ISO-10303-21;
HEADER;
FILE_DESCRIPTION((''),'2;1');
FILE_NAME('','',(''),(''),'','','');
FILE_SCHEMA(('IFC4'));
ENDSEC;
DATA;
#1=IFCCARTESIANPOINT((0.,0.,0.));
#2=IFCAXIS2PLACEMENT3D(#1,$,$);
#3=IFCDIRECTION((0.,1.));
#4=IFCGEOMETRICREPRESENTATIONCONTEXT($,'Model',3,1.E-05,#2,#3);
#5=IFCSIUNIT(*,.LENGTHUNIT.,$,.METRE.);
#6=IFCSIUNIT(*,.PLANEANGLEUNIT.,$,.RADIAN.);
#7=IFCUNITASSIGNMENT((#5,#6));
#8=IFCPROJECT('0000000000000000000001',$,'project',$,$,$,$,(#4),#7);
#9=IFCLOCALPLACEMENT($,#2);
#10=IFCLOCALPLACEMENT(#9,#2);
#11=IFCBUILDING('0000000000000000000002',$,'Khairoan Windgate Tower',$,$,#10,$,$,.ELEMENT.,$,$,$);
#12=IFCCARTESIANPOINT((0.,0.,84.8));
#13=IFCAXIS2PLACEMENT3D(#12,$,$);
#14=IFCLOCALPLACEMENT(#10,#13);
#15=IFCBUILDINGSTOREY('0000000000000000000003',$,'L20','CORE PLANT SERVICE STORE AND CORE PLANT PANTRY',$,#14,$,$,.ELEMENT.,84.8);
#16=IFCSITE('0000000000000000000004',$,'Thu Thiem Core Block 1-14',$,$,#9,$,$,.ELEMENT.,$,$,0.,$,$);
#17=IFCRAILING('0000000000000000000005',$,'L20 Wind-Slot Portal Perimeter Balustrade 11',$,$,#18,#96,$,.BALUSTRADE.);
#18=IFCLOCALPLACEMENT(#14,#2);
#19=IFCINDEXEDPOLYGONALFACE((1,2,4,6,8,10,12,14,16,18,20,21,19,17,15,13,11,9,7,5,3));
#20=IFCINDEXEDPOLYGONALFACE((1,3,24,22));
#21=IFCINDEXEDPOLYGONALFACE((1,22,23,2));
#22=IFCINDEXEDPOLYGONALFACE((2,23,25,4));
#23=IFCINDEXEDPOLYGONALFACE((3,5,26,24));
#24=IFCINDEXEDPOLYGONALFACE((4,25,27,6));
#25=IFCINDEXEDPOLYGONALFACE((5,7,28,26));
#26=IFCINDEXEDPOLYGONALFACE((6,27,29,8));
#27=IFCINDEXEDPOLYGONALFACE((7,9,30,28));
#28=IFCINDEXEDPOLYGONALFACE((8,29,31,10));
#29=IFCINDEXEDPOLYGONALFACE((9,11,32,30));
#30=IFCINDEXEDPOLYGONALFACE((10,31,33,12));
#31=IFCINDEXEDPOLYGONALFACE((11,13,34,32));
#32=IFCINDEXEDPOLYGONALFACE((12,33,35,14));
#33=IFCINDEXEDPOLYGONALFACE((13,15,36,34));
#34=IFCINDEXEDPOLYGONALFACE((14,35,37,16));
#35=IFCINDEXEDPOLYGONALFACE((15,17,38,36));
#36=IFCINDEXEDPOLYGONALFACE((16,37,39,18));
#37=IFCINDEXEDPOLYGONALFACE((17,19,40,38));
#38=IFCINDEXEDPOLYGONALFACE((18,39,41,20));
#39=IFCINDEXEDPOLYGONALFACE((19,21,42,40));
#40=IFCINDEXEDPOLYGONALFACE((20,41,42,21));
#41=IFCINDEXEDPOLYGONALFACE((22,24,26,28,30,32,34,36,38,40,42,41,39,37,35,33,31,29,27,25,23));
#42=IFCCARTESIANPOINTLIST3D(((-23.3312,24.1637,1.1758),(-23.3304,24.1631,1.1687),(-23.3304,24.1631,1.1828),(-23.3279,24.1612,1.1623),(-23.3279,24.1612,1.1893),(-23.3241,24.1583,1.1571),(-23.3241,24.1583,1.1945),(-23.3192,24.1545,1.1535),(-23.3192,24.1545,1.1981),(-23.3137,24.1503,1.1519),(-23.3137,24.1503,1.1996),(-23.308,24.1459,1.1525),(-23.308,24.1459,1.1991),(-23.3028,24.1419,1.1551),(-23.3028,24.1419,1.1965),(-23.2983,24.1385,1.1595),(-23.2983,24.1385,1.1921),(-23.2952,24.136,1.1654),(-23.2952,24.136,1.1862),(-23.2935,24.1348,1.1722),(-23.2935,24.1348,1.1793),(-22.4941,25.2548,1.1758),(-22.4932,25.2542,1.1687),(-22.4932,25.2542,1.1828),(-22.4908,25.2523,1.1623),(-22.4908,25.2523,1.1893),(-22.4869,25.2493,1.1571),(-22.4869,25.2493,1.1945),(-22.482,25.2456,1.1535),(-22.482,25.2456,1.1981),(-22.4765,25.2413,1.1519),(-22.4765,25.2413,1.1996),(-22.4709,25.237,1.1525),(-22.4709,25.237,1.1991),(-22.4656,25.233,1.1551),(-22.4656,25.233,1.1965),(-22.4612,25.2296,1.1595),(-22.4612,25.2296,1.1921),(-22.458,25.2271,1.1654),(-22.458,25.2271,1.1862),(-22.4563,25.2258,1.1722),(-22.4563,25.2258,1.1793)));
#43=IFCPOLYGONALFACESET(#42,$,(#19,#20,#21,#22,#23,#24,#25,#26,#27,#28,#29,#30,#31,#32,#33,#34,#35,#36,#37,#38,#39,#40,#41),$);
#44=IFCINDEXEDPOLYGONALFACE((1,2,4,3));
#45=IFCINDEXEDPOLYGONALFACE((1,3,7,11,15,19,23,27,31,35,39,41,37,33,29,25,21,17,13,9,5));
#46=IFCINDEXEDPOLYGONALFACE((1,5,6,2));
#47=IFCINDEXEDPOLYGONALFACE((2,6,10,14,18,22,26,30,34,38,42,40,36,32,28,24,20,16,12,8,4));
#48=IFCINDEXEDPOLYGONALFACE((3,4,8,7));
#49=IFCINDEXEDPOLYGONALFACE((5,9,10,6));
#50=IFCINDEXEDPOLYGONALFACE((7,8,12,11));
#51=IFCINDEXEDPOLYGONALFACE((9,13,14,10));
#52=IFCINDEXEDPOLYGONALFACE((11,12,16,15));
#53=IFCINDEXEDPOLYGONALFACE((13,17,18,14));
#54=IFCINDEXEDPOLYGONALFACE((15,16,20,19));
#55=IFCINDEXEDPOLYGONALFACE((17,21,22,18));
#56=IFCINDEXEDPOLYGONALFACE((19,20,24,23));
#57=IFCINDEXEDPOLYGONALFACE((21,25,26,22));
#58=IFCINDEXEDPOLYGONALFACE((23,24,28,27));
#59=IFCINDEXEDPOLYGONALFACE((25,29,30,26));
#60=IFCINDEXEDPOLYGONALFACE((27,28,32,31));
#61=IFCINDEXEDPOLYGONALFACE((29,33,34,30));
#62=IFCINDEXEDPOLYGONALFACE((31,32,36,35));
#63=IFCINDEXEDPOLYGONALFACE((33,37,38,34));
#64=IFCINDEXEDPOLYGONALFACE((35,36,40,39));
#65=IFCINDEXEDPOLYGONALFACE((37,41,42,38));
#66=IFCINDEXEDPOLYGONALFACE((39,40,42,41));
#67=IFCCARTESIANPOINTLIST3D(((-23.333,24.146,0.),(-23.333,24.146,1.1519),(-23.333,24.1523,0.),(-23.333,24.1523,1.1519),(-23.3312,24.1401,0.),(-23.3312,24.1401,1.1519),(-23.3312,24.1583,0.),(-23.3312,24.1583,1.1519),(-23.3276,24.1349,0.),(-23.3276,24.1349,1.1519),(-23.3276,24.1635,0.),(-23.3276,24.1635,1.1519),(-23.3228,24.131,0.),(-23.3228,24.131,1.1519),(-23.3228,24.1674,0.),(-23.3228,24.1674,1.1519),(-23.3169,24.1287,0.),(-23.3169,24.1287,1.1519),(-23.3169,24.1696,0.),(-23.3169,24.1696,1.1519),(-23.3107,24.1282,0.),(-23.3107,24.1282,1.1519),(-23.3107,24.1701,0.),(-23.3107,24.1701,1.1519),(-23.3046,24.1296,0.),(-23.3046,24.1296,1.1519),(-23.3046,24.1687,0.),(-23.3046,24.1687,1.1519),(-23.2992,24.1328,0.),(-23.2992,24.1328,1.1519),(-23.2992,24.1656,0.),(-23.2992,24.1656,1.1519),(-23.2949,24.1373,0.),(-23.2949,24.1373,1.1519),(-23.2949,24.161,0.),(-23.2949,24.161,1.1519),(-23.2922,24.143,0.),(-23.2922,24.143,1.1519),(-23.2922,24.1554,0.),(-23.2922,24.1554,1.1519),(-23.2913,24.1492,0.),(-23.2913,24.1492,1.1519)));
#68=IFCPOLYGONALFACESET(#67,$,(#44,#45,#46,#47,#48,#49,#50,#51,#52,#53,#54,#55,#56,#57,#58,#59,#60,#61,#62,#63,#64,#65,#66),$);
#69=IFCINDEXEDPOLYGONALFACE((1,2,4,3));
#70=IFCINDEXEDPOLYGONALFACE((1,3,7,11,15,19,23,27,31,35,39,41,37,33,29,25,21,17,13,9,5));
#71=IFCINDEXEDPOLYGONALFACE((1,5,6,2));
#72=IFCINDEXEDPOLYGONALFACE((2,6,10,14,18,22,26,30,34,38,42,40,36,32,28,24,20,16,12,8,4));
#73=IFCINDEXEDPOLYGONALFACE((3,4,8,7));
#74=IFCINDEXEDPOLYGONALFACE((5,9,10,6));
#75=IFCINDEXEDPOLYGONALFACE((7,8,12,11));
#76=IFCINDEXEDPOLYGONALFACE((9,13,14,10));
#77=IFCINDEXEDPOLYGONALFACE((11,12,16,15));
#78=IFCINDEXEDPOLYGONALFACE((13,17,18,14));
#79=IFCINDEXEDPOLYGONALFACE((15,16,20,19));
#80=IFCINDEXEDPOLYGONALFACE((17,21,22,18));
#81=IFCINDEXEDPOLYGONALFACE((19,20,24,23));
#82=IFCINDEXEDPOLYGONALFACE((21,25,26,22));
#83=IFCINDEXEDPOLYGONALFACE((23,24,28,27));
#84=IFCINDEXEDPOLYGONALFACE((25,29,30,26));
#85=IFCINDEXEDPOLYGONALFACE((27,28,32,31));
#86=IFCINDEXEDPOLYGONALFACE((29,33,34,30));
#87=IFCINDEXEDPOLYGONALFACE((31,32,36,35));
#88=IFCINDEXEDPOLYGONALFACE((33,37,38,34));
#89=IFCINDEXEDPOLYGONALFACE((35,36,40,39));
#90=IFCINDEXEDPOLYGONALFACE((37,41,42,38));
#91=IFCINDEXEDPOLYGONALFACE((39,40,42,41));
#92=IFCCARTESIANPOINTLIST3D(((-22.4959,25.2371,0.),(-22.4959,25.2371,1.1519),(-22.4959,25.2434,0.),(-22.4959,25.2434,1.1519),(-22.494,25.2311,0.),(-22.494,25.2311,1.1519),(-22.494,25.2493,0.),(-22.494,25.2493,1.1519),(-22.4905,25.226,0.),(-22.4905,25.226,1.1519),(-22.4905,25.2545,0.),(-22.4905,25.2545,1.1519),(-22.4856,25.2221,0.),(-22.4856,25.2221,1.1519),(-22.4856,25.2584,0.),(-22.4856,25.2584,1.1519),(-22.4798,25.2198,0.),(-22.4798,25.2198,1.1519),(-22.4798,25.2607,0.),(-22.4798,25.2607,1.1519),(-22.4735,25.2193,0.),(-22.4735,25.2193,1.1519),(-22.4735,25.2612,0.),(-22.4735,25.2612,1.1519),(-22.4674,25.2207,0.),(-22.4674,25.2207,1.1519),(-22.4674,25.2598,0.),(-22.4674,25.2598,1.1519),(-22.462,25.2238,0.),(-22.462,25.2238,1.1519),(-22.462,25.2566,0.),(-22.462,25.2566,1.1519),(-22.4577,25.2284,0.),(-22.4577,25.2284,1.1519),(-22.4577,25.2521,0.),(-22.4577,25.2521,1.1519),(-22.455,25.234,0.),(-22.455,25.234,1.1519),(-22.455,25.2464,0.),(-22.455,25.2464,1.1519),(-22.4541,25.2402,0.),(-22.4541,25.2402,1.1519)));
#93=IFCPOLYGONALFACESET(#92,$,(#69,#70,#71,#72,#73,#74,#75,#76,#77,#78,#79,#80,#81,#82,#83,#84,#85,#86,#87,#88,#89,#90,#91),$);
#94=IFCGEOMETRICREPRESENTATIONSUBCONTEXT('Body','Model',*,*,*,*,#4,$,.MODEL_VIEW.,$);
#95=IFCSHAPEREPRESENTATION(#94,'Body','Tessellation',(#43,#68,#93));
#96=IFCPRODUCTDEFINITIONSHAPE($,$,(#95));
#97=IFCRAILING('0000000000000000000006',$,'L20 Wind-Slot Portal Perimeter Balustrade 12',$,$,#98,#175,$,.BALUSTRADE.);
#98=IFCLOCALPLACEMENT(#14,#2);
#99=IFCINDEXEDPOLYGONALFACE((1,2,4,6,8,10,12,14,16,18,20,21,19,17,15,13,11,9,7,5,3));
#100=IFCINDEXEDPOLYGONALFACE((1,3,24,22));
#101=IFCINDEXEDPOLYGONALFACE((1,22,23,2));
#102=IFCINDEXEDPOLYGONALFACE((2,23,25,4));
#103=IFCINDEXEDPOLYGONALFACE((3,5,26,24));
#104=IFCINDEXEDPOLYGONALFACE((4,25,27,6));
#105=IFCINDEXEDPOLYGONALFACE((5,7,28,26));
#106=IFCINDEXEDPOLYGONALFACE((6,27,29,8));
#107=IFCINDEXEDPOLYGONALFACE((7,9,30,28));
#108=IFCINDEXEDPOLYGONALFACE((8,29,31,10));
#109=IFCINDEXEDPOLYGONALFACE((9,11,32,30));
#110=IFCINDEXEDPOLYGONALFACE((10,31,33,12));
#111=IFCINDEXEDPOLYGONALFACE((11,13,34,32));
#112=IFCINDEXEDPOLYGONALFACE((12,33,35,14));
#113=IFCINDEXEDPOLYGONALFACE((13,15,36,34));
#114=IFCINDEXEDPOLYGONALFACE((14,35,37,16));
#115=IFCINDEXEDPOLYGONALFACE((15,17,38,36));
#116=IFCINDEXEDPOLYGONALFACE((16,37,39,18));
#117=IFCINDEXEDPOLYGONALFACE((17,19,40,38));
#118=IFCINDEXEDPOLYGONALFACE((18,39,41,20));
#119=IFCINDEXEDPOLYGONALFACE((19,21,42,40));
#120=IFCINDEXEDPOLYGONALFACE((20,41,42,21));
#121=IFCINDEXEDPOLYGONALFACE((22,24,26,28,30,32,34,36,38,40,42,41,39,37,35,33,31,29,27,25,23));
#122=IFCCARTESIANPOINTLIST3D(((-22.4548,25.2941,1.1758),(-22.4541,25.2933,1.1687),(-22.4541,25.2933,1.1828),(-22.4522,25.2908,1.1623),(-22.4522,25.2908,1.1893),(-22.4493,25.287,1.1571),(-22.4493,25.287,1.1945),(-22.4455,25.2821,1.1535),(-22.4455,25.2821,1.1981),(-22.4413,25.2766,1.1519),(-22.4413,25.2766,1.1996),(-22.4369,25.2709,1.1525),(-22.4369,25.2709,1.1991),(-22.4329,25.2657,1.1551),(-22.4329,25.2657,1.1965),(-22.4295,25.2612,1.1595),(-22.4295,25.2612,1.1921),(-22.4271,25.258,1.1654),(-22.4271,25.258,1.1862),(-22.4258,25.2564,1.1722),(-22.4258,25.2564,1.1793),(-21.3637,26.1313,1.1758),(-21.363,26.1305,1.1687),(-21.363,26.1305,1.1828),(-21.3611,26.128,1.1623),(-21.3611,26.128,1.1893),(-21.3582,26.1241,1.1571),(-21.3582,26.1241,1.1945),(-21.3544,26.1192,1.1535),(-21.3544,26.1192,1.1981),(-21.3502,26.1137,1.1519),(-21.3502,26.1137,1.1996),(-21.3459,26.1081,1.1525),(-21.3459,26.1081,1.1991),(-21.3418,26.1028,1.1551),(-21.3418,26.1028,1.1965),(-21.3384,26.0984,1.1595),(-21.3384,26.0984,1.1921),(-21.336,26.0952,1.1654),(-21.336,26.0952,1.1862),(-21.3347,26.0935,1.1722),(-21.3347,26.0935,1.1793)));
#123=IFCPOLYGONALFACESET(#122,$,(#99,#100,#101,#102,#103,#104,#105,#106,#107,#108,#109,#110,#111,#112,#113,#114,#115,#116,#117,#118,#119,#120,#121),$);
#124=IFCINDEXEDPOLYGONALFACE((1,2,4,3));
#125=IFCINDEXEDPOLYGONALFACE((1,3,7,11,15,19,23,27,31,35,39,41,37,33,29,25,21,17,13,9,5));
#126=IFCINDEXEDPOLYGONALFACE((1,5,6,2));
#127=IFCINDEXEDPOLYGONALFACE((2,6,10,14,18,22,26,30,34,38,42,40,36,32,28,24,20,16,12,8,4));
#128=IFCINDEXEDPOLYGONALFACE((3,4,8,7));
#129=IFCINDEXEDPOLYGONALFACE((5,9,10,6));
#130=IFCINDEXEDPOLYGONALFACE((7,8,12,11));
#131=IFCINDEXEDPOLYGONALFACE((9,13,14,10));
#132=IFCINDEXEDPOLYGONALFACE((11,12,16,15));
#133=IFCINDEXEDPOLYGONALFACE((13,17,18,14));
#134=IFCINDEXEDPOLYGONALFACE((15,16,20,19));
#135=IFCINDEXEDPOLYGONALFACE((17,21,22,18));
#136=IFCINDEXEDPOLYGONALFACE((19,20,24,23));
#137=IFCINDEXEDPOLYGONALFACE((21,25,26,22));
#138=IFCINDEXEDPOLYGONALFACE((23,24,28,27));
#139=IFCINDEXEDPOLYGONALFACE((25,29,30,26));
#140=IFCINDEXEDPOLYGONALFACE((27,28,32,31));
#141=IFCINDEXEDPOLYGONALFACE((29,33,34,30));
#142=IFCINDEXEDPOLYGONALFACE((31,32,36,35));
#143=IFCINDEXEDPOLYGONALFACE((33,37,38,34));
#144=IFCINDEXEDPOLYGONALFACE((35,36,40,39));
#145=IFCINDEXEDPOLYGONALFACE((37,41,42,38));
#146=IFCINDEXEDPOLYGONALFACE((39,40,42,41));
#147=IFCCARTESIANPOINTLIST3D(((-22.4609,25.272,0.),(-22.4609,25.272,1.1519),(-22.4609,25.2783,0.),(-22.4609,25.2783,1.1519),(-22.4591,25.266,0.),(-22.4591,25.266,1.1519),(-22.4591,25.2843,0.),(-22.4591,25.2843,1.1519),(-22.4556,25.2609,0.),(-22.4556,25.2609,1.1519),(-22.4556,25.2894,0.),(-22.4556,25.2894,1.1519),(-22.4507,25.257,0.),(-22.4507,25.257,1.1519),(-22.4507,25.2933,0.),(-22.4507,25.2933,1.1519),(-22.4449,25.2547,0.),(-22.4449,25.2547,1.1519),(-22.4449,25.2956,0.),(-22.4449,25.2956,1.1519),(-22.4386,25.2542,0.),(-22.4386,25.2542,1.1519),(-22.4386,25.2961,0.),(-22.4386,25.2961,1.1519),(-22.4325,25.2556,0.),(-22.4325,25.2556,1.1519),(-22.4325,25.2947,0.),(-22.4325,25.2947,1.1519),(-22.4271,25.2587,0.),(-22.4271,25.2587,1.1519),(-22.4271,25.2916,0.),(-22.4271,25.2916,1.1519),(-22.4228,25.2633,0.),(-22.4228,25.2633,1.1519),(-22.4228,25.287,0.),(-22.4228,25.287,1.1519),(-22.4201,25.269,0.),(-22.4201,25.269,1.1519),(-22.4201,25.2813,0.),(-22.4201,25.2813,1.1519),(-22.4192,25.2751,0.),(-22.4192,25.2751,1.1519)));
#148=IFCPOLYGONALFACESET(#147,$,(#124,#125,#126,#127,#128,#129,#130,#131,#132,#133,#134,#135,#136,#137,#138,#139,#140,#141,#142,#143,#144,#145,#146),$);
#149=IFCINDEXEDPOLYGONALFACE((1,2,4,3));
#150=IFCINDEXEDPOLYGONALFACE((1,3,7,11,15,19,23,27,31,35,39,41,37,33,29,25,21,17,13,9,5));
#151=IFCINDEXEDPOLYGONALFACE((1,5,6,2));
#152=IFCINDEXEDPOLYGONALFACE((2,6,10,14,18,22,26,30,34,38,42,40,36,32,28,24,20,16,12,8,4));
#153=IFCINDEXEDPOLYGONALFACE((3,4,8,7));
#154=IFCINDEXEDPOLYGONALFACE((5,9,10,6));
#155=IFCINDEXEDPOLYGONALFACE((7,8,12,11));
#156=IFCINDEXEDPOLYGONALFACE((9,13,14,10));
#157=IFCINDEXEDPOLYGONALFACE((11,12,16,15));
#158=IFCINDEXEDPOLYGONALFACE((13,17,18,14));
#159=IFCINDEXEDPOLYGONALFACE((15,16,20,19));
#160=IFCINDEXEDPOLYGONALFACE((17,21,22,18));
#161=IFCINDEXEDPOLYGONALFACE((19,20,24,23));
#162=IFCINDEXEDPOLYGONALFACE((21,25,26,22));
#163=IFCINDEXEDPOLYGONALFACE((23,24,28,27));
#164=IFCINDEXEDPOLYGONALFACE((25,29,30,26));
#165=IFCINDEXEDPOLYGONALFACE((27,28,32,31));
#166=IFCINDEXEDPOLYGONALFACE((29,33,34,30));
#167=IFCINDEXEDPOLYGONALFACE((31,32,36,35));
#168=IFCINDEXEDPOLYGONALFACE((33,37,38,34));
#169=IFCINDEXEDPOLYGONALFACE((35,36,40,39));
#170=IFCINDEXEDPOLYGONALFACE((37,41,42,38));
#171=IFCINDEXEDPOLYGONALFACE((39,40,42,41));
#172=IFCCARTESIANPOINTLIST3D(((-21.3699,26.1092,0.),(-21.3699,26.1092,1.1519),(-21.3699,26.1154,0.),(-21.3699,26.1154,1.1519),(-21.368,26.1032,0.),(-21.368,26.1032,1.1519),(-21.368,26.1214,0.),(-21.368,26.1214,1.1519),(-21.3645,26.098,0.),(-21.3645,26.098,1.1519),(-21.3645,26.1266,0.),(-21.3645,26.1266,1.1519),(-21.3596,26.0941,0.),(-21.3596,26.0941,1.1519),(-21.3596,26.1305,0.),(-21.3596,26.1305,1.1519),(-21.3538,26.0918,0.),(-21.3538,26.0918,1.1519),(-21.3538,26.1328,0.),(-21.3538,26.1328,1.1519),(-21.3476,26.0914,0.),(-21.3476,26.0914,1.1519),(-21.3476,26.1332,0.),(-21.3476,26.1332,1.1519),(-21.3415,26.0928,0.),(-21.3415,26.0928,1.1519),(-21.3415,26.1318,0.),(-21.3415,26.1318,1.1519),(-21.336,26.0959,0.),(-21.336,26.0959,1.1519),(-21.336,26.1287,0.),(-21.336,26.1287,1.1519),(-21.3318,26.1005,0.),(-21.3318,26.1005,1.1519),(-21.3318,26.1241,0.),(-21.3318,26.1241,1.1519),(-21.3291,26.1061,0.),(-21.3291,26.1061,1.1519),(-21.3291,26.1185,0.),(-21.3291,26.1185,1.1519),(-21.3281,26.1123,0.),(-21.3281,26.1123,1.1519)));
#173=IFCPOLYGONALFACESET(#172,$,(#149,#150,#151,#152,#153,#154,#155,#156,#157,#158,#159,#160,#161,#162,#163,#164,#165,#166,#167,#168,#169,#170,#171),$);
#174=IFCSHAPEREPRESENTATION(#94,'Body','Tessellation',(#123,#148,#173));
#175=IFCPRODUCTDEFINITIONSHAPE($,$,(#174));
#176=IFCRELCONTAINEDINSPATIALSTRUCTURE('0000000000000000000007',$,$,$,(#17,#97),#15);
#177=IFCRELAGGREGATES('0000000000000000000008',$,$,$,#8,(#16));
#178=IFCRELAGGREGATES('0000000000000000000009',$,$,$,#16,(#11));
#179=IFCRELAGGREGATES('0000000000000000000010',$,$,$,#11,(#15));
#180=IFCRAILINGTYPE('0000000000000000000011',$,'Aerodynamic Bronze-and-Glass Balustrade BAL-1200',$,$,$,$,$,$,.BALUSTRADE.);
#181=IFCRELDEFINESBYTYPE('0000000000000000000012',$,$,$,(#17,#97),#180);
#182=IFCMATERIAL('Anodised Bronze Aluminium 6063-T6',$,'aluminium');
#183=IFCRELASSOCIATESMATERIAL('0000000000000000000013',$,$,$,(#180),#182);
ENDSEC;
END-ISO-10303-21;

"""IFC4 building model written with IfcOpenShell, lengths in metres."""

from ifc_helpers import new_model, si_unit, direction, frame, origin, origin_2d, place, context, subcontext, project, spatial, circle, extrude, material, type_object, element, save


model = new_model("IFC4")

# Units and contexts
model_context = context("Model", 3, precision=1e-05, world=origin(), true_north=direction((0.0, 1.0)))
body_context = subcontext(model_context, "Body", "Model", "MODEL_VIEW")
ifc_project = project(units=[si_unit("LENGTHUNIT", "METRE"), si_unit("PLANEANGLEUNIT", "RADIAN")], contexts=[model_context])

# Site, building, storey
site_placement = place(None, origin())
site = spatial("IfcSite", under=ifc_project, at=site_placement, Name="Thu Thiem Core Block 1-14", CompositionType="ELEMENT", RefElevation=0.0)
building_placement = place(site_placement, origin())
building = spatial("IfcBuilding", under=site, at=building_placement, Name="Khairoan Windgate Tower", CompositionType="ELEMENT")
storey_placement = place(building_placement, frame((0.0, 0.0, 84.8)))
storey = spatial("IfcBuildingStorey", under=building, at=storey_placement, Name="L20", Description="CORE PLANT SERVICE STORE AND CORE PLANT PANTRY", CompositionType="ELEMENT", Elevation=84.8)

# Railings
ifc_material_1 = material(Name="Anodised Bronze Aluminium 6063-T6", Category="aluminium")
railing_type_1 = type_object("IfcRailingType", Name="Aerodynamic Bronze-and-Glass Balustrade BAL-1200", PredefinedType="BALUSTRADE", material=ifc_material_1)
railing_1_placement = place(storey_placement, frame((-23.3123, 24.1492, 0.0)))
element("IfcRailing", 1, at=railing_1_placement, inside=storey, type_object=railing_type_1, Name="L20 Wind-Slot Portal Perimeter Balustrade 11", PredefinedType="BALUSTRADE", context=body_context, shape_type="SweptSolid", body=[
    extrude(circle(Radius=0.0239, at=origin_2d()), frame((0.0, 0.0, 1.1758), z_axis=(0.608741, 0.793369, 0.0), x_axis=(-0.793369, 0.608741, 0.0)), (0.0, 0.0, 1.0), 1.3752),
    extrude(circle(Radius=0.021, at=origin_2d()), origin(), (0.0, 0.0, 1.0), 1.1519),
    extrude(circle(Radius=0.021, at=origin_2d()), frame((0.8372, 1.0911, 0.0)), (0.0, 0.0, 1.0), 1.1519),
])
railing_2_placement = place(storey_placement, frame((-22.4402, 25.2751, 0.0)))
element("IfcRailing", 2, at=railing_2_placement, inside=storey, type_object=railing_type_1, Name="L20 Wind-Slot Portal Perimeter Balustrade 12", PredefinedType="BALUSTRADE", context=body_context, shape_type="SweptSolid", body=[
    extrude(circle(Radius=0.0239, at=origin_2d()), frame((0.0, 0.0, 1.1758), z_axis=(0.793369, 0.608741, 0.0), x_axis=(-0.608741, 0.793369, 0.0)), (0.0, 0.0, 1.0), 1.3752),
    extrude(circle(Radius=0.021, at=origin_2d()), origin(), (0.0, 0.0, 1.0), 1.1519),
    extrude(circle(Radius=0.021, at=origin_2d()), frame((1.0911, 0.8372, 0.0)), (0.0, 0.0, 1.0), 1.1519),
])

save(model, "model.ifc")
